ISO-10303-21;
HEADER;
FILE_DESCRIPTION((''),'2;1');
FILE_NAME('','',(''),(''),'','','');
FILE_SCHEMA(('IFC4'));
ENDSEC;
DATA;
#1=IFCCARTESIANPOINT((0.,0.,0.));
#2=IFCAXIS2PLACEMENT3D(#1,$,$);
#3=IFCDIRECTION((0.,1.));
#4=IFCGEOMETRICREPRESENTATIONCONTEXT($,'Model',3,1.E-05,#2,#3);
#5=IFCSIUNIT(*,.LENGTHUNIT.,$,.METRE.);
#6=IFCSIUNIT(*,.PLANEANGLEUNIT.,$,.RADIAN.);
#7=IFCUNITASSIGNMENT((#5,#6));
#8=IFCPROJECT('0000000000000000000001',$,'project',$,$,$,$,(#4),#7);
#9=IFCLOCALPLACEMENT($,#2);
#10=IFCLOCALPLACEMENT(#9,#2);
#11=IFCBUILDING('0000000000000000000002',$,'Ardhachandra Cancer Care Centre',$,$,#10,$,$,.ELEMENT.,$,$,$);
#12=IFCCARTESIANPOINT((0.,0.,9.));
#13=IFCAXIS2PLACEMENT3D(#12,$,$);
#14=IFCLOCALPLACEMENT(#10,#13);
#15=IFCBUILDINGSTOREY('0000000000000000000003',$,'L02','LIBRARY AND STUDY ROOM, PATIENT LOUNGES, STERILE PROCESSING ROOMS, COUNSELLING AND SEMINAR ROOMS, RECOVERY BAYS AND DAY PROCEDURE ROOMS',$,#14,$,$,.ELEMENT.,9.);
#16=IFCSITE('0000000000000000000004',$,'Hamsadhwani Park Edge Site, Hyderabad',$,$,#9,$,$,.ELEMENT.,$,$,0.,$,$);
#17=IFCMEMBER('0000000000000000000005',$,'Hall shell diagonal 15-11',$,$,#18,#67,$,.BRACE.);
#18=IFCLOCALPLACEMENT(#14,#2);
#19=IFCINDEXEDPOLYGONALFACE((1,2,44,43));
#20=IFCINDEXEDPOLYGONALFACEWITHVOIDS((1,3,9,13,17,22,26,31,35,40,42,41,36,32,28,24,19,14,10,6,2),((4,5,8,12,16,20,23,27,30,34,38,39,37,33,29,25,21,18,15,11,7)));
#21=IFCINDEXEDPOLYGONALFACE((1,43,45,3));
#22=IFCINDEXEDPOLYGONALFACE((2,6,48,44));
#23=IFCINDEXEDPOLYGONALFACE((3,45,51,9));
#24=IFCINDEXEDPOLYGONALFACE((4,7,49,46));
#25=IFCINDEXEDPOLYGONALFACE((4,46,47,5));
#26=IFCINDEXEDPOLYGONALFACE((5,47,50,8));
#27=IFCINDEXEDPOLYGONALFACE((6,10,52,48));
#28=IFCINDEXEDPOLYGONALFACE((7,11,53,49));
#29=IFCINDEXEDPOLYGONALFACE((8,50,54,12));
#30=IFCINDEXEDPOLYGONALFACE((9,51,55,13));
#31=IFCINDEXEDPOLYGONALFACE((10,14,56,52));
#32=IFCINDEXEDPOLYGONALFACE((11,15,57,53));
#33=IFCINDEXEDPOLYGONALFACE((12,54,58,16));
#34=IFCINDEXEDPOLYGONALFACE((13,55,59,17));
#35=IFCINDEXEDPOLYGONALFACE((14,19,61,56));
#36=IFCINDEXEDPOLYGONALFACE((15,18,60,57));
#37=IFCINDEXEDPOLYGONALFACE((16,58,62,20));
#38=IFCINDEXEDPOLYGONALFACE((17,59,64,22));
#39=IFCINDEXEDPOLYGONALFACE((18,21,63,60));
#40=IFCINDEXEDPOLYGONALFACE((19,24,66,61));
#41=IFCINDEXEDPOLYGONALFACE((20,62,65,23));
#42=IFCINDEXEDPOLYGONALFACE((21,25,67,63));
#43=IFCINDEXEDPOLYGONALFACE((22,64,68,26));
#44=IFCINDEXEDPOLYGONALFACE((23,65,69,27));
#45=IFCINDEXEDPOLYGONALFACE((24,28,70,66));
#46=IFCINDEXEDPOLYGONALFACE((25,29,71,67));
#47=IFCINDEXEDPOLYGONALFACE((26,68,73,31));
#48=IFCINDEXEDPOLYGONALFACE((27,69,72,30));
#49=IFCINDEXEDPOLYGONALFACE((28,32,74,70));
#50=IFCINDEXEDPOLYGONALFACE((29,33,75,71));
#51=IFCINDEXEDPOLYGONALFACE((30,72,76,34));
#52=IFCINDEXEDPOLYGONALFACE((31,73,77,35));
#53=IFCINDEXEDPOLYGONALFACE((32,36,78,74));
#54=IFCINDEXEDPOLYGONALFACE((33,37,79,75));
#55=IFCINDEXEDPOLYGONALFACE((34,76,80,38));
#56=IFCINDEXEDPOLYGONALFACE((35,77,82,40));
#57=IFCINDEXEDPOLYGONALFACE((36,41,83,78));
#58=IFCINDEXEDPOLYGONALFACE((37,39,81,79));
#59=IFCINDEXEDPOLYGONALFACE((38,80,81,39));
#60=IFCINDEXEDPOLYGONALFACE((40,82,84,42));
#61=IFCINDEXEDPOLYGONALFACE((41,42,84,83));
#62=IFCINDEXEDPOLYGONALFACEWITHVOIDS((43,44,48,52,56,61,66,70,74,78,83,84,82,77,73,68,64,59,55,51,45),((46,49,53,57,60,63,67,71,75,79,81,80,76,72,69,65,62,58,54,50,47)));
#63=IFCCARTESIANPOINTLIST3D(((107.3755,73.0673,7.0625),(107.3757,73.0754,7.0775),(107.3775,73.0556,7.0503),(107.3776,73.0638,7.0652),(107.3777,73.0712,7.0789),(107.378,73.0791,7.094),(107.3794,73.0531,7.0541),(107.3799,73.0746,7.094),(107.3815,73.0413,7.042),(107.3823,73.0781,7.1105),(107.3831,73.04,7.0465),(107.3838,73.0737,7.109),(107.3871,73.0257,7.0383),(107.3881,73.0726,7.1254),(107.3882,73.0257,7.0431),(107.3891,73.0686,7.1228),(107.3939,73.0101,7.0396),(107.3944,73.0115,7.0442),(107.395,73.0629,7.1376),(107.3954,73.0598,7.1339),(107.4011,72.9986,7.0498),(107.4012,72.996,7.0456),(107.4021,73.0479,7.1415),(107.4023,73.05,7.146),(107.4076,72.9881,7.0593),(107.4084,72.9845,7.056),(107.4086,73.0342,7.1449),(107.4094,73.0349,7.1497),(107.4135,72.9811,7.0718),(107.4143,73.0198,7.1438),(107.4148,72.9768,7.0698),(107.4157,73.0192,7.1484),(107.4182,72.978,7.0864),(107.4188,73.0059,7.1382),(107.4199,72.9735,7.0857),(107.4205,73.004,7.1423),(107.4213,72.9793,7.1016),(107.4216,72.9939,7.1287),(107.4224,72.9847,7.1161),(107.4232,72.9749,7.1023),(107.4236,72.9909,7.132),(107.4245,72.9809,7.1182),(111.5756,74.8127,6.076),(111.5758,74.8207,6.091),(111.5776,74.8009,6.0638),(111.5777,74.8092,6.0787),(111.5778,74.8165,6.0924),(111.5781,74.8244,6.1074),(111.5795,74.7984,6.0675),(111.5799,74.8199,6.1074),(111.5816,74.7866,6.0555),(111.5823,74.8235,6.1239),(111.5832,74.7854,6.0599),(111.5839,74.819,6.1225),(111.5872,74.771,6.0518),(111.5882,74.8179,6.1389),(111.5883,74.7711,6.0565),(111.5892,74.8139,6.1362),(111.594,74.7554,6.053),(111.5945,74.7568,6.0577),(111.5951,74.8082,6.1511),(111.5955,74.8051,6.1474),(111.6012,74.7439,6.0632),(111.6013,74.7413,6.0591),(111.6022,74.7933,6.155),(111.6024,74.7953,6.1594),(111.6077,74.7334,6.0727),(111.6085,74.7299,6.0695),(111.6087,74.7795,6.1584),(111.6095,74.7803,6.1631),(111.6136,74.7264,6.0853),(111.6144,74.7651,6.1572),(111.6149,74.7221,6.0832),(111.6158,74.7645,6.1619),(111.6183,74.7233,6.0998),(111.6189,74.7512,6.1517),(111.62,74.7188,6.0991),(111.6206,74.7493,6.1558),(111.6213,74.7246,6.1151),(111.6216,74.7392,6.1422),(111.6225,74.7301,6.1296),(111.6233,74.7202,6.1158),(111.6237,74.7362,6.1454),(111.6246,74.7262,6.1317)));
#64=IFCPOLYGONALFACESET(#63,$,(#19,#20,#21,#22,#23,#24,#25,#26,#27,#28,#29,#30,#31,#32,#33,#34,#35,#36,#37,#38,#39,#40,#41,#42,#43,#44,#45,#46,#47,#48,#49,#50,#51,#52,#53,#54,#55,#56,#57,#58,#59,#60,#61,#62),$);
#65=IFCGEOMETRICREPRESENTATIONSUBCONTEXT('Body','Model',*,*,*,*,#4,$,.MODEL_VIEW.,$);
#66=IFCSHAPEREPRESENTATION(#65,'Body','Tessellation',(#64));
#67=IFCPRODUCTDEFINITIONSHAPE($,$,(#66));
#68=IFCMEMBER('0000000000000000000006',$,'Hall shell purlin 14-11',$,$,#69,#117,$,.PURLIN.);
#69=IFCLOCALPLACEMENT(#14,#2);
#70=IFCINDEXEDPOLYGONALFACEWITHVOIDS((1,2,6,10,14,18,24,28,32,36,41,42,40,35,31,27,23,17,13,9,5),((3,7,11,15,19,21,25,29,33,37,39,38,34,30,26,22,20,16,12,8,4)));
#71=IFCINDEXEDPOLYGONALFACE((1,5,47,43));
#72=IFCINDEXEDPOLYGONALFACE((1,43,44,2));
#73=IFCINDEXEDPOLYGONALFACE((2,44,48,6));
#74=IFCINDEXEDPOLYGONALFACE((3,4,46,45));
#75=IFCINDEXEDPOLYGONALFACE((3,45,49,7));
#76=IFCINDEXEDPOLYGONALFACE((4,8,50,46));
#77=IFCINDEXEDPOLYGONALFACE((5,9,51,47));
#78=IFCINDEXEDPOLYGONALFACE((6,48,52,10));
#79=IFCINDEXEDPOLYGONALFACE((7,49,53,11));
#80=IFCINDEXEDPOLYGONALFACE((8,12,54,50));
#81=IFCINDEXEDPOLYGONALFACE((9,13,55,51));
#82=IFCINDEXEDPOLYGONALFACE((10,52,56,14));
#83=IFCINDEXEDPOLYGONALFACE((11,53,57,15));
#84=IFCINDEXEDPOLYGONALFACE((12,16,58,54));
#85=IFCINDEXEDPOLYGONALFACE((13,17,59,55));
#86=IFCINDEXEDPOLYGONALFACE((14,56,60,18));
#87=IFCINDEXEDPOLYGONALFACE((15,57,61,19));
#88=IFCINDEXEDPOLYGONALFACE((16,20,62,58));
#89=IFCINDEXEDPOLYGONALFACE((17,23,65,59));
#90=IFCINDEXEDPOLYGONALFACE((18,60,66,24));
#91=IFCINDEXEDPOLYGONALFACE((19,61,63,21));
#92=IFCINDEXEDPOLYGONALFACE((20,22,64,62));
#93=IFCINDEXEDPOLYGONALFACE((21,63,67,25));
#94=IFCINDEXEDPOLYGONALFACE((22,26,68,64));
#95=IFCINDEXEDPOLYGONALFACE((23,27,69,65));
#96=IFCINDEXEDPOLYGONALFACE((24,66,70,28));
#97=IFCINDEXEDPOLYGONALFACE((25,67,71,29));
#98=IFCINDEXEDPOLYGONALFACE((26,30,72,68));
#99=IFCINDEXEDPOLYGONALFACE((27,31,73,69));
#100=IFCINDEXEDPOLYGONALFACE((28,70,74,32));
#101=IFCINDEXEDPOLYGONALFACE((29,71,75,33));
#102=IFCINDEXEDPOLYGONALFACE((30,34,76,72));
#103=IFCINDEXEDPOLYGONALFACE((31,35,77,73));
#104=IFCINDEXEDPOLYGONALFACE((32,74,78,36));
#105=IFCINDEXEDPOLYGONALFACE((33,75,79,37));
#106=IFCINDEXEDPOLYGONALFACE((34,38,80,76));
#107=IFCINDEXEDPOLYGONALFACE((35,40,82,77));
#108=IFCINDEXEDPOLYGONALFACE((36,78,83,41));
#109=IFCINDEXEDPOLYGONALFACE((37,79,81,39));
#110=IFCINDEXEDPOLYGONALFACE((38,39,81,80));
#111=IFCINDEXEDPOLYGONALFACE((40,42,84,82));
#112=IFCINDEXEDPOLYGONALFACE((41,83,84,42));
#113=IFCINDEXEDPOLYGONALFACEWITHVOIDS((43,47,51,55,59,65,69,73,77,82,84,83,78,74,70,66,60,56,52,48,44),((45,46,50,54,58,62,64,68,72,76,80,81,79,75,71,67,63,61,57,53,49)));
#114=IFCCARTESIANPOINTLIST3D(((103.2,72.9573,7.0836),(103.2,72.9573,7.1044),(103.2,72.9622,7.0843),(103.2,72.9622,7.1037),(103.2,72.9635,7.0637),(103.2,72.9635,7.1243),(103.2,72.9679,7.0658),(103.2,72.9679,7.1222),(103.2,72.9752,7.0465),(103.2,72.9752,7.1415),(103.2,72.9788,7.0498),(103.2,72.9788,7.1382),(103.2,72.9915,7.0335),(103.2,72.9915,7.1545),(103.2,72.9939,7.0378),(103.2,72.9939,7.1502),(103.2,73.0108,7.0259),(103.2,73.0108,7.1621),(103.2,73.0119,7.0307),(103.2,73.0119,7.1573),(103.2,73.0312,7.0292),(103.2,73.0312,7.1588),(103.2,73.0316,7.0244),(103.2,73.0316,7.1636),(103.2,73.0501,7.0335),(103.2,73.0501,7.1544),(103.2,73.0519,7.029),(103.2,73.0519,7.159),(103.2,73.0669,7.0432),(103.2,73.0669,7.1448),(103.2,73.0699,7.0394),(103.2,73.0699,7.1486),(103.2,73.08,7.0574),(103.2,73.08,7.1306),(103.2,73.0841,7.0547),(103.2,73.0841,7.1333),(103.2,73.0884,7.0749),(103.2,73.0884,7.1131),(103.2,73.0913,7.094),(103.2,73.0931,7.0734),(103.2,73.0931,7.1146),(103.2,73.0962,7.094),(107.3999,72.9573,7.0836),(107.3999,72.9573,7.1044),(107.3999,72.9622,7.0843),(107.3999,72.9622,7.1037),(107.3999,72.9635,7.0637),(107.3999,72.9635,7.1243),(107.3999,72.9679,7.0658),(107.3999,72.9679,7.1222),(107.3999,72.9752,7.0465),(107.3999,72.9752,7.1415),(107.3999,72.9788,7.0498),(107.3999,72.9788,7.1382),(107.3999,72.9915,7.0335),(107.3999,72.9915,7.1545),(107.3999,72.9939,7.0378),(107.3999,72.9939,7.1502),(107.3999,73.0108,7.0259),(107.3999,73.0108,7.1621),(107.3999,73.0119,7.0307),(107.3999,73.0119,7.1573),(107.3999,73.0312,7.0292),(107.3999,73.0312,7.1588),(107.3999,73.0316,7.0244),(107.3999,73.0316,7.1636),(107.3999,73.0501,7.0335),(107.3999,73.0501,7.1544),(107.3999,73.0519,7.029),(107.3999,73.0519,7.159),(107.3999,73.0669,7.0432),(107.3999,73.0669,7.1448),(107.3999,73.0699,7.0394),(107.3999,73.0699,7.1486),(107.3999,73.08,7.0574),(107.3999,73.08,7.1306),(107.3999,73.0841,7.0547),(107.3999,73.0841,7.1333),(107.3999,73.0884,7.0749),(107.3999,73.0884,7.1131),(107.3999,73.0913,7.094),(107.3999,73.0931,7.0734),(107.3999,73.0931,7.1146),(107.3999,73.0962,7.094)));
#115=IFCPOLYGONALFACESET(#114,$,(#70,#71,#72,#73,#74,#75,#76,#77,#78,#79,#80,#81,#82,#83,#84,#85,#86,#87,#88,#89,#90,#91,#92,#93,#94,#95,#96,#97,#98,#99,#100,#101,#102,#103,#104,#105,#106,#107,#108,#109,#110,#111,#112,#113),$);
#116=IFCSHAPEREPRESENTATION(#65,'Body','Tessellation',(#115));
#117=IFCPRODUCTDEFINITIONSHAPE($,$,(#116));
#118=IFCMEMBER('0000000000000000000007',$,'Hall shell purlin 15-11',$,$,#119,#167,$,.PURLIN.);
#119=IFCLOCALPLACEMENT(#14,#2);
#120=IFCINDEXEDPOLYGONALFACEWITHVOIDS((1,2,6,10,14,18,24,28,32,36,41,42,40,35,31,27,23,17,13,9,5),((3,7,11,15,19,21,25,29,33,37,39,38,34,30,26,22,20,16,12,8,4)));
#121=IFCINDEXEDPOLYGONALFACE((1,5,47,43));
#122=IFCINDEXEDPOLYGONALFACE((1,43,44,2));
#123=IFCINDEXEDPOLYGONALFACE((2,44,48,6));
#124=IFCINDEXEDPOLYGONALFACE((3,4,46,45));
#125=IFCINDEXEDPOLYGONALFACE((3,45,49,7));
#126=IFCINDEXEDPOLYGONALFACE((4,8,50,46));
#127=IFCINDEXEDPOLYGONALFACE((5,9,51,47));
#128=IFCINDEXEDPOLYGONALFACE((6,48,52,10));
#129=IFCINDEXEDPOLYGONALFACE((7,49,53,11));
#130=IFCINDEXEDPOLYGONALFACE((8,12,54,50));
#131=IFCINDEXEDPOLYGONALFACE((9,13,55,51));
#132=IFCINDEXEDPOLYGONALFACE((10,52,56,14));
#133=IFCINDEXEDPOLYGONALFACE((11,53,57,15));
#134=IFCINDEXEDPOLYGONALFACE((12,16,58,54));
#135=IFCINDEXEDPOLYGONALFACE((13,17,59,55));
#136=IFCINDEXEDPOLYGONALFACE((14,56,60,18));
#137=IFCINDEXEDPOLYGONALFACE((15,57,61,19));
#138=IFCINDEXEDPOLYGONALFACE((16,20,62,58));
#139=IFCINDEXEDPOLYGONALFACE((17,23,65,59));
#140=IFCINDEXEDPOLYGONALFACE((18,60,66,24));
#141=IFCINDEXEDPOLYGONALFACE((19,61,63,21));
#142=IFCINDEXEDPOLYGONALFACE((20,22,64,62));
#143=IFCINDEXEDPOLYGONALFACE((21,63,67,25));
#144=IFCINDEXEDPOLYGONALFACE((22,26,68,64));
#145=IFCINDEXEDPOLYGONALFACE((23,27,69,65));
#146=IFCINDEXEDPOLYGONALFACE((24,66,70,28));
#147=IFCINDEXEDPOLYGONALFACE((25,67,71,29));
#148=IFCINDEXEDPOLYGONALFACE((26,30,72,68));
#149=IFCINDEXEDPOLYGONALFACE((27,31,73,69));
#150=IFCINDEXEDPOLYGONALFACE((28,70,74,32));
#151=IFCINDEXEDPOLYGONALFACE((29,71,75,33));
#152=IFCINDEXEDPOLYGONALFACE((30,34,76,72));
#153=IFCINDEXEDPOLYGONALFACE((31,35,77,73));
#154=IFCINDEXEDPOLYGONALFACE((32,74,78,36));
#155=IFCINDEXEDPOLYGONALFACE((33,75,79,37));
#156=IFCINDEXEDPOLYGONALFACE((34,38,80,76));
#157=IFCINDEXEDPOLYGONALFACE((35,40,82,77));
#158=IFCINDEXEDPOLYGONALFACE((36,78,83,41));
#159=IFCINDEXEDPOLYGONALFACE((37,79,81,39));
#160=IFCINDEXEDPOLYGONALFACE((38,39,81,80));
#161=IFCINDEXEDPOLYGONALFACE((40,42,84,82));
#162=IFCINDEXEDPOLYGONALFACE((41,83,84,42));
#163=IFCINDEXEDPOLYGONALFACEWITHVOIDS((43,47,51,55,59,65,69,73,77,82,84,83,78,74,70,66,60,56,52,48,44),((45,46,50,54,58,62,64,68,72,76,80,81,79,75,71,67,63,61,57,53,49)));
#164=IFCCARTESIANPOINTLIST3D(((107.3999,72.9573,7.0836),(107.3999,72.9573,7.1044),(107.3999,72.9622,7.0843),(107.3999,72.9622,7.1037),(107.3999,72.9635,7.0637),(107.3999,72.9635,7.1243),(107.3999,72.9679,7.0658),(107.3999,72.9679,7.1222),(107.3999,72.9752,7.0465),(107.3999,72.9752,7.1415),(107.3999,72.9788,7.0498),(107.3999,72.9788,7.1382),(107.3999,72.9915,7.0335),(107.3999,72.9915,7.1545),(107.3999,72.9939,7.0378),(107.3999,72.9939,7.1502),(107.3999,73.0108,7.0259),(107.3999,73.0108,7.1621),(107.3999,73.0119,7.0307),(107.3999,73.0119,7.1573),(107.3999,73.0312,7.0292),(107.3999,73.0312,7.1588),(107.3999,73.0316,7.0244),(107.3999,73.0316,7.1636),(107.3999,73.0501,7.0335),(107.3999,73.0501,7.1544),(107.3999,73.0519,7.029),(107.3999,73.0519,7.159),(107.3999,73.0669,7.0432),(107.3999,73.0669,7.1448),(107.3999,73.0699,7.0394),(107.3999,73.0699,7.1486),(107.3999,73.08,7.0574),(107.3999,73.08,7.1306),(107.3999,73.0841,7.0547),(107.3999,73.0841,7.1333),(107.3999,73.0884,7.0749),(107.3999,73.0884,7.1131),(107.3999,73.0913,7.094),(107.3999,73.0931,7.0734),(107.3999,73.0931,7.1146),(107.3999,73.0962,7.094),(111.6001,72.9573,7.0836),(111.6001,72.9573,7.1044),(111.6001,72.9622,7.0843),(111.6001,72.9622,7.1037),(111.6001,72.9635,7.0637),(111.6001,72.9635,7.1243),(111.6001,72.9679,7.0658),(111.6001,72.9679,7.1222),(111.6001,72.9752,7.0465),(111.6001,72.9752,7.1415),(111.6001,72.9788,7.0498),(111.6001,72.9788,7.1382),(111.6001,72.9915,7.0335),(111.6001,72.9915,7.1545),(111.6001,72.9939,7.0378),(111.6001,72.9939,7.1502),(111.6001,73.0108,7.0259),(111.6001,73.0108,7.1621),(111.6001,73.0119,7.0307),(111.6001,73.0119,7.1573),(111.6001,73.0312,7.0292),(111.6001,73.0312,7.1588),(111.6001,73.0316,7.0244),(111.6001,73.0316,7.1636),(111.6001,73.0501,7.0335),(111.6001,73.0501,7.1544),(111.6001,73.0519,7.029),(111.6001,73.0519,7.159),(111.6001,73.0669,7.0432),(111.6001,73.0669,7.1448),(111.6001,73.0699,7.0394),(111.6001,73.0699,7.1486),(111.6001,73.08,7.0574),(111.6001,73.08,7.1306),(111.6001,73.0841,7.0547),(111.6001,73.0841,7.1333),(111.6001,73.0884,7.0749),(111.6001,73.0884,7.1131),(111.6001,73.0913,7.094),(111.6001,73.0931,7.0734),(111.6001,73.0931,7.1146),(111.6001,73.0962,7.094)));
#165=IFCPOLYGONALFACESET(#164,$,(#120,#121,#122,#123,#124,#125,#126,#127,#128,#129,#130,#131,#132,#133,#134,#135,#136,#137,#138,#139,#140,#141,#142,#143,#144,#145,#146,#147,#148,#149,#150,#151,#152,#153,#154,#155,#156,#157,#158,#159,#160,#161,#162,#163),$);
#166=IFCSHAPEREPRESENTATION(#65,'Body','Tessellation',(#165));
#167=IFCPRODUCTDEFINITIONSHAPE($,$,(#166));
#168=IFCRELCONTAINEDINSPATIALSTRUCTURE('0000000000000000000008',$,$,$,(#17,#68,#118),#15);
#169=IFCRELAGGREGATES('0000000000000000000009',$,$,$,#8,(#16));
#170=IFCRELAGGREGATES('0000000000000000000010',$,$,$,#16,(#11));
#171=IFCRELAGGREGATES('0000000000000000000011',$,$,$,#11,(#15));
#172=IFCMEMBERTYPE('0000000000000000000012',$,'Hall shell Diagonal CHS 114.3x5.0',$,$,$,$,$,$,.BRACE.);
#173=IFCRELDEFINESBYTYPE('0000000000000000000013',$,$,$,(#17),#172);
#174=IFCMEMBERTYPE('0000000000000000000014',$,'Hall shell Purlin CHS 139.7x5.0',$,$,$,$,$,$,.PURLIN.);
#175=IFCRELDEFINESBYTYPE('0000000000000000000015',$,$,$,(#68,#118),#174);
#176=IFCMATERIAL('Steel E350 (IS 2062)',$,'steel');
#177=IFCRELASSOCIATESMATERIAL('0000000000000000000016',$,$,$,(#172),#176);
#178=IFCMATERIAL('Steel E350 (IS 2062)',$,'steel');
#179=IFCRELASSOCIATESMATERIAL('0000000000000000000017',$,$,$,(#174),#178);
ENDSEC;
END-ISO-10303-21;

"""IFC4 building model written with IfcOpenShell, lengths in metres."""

from ifc_helpers import new_model, si_unit, direction, frame, origin, origin_2d, place, context, subcontext, project, spatial, hollow_circle, extrude, material, material_profile, profile_set, type_object, element, save


model = new_model("IFC4")

# Units and contexts
model_context = context("Model", 3, precision=1e-05, world=origin(), true_north=direction((0.0, 1.0)))
body_context = subcontext(model_context, "Body", "Model", "MODEL_VIEW")
ifc_project = project(units=[si_unit("LENGTHUNIT", "METRE"), si_unit("PLANEANGLEUNIT", "RADIAN")], contexts=[model_context])

# Site, building, storey
site_placement = place(None, origin())
site = spatial("IfcSite", under=ifc_project, at=site_placement, Name="Hamsadhwani Park Edge Site, Hyderabad", CompositionType="ELEMENT", RefElevation=0.0)
building_placement = place(site_placement, origin())
building = spatial("IfcBuilding", under=site, at=building_placement, Name="Ardhachandra Cancer Care Centre", CompositionType="ELEMENT")
storey_placement = place(building_placement, frame((0.0, 0.0, 9.0)))
storey = spatial("IfcBuildingStorey", under=building, at=storey_placement, Name="L02", Description="LIBRARY AND STUDY ROOM, PATIENT LOUNGES, STERILE PROCESSING ROOMS, COUNSELLING AND SEMINAR ROOMS, RECOVERY BAYS AND DAY PROCEDURE ROOMS", CompositionType="ELEMENT", Elevation=9.0)

# Members
ifc_material_1 = material(Name="Steel E350 (IS 2062)", Category="steel")
ifc_material_profile_1 = material_profile(ifc_material_1, hollow_circle(Radius=0.0571, WallThickness=0.0049, at=origin_2d()), Name="CHS 114.3x5.0")
ifc_profile_set_1 = profile_set([ifc_material_profile_1], Name="Steel E350 (IS 2062)")
member_type_1 = type_object("IfcMemberType", Name="Hall shell Diagonal CHS 114.3x5.0", PredefinedType="BRACE", material=ifc_profile_set_1)
member_1_placement = place(storey_placement, frame((107.3999, 73.0264, 7.094), z_axis=(0.902459, 0.375011, -0.211976), x_axis=(-0.383731, 0.923445, 0.0)))
element("IfcMember", 1, at=member_1_placement, inside=storey, type_object=member_type_1, Name="Hall shell diagonal 15-11", PredefinedType="BRACE", context=body_context, shape_type="SweptSolid", body=[
    extrude(hollow_circle(Radius=0.0571, WallThickness=0.0049, at=origin_2d()), origin(), (0.0, 0.0, 1.0), 4.6541),
])
ifc_material_2 = material(Name="Steel E350 (IS 2062)", Category="steel")
ifc_material_profile_2 = material_profile(ifc_material_2, hollow_circle(Radius=0.0698, WallThickness=0.0049, at=origin_2d()), Name="CHS 139.7x5.0")
ifc_profile_set_2 = profile_set([ifc_material_profile_2], Name="Steel E350 (IS 2062)")
member_type_2 = type_object("IfcMemberType", Name="Hall shell Purlin CHS 139.7x5.0", PredefinedType="PURLIN", material=ifc_profile_set_2)
member_2_placement = place(storey_placement, frame((103.2, 73.0264, 7.094), z_axis=(1.0, 0.0, 0.0), x_axis=(0.0, 1.0, 0.0)))
element("IfcMember", 2, at=member_2_placement, inside=storey, type_object=member_type_2, Name="Hall shell purlin 14-11", PredefinedType="PURLIN", context=body_context, shape_type="SweptSolid", body=[
    extrude(hollow_circle(Radius=0.0698, WallThickness=0.0049, at=origin_2d()), origin(), (0.0, 0.0, 1.0), 4.2),
])
member_3_placement = place(storey_placement, frame((107.3999, 73.0264, 7.094), z_axis=(1.0, 0.0, 0.0), x_axis=(0.0, 1.0, 0.0)))
element("IfcMember", 3, at=member_3_placement, inside=storey, type_object=member_type_2, Name="Hall shell purlin 15-11", PredefinedType="PURLIN", context=body_context, shape_type="SweptSolid", body=[
    extrude(hollow_circle(Radius=0.0698, WallThickness=0.0049, at=origin_2d()), origin(), (0.0, 0.0, 1.0), 4.2002),
])

save(model, "model.ifc")
